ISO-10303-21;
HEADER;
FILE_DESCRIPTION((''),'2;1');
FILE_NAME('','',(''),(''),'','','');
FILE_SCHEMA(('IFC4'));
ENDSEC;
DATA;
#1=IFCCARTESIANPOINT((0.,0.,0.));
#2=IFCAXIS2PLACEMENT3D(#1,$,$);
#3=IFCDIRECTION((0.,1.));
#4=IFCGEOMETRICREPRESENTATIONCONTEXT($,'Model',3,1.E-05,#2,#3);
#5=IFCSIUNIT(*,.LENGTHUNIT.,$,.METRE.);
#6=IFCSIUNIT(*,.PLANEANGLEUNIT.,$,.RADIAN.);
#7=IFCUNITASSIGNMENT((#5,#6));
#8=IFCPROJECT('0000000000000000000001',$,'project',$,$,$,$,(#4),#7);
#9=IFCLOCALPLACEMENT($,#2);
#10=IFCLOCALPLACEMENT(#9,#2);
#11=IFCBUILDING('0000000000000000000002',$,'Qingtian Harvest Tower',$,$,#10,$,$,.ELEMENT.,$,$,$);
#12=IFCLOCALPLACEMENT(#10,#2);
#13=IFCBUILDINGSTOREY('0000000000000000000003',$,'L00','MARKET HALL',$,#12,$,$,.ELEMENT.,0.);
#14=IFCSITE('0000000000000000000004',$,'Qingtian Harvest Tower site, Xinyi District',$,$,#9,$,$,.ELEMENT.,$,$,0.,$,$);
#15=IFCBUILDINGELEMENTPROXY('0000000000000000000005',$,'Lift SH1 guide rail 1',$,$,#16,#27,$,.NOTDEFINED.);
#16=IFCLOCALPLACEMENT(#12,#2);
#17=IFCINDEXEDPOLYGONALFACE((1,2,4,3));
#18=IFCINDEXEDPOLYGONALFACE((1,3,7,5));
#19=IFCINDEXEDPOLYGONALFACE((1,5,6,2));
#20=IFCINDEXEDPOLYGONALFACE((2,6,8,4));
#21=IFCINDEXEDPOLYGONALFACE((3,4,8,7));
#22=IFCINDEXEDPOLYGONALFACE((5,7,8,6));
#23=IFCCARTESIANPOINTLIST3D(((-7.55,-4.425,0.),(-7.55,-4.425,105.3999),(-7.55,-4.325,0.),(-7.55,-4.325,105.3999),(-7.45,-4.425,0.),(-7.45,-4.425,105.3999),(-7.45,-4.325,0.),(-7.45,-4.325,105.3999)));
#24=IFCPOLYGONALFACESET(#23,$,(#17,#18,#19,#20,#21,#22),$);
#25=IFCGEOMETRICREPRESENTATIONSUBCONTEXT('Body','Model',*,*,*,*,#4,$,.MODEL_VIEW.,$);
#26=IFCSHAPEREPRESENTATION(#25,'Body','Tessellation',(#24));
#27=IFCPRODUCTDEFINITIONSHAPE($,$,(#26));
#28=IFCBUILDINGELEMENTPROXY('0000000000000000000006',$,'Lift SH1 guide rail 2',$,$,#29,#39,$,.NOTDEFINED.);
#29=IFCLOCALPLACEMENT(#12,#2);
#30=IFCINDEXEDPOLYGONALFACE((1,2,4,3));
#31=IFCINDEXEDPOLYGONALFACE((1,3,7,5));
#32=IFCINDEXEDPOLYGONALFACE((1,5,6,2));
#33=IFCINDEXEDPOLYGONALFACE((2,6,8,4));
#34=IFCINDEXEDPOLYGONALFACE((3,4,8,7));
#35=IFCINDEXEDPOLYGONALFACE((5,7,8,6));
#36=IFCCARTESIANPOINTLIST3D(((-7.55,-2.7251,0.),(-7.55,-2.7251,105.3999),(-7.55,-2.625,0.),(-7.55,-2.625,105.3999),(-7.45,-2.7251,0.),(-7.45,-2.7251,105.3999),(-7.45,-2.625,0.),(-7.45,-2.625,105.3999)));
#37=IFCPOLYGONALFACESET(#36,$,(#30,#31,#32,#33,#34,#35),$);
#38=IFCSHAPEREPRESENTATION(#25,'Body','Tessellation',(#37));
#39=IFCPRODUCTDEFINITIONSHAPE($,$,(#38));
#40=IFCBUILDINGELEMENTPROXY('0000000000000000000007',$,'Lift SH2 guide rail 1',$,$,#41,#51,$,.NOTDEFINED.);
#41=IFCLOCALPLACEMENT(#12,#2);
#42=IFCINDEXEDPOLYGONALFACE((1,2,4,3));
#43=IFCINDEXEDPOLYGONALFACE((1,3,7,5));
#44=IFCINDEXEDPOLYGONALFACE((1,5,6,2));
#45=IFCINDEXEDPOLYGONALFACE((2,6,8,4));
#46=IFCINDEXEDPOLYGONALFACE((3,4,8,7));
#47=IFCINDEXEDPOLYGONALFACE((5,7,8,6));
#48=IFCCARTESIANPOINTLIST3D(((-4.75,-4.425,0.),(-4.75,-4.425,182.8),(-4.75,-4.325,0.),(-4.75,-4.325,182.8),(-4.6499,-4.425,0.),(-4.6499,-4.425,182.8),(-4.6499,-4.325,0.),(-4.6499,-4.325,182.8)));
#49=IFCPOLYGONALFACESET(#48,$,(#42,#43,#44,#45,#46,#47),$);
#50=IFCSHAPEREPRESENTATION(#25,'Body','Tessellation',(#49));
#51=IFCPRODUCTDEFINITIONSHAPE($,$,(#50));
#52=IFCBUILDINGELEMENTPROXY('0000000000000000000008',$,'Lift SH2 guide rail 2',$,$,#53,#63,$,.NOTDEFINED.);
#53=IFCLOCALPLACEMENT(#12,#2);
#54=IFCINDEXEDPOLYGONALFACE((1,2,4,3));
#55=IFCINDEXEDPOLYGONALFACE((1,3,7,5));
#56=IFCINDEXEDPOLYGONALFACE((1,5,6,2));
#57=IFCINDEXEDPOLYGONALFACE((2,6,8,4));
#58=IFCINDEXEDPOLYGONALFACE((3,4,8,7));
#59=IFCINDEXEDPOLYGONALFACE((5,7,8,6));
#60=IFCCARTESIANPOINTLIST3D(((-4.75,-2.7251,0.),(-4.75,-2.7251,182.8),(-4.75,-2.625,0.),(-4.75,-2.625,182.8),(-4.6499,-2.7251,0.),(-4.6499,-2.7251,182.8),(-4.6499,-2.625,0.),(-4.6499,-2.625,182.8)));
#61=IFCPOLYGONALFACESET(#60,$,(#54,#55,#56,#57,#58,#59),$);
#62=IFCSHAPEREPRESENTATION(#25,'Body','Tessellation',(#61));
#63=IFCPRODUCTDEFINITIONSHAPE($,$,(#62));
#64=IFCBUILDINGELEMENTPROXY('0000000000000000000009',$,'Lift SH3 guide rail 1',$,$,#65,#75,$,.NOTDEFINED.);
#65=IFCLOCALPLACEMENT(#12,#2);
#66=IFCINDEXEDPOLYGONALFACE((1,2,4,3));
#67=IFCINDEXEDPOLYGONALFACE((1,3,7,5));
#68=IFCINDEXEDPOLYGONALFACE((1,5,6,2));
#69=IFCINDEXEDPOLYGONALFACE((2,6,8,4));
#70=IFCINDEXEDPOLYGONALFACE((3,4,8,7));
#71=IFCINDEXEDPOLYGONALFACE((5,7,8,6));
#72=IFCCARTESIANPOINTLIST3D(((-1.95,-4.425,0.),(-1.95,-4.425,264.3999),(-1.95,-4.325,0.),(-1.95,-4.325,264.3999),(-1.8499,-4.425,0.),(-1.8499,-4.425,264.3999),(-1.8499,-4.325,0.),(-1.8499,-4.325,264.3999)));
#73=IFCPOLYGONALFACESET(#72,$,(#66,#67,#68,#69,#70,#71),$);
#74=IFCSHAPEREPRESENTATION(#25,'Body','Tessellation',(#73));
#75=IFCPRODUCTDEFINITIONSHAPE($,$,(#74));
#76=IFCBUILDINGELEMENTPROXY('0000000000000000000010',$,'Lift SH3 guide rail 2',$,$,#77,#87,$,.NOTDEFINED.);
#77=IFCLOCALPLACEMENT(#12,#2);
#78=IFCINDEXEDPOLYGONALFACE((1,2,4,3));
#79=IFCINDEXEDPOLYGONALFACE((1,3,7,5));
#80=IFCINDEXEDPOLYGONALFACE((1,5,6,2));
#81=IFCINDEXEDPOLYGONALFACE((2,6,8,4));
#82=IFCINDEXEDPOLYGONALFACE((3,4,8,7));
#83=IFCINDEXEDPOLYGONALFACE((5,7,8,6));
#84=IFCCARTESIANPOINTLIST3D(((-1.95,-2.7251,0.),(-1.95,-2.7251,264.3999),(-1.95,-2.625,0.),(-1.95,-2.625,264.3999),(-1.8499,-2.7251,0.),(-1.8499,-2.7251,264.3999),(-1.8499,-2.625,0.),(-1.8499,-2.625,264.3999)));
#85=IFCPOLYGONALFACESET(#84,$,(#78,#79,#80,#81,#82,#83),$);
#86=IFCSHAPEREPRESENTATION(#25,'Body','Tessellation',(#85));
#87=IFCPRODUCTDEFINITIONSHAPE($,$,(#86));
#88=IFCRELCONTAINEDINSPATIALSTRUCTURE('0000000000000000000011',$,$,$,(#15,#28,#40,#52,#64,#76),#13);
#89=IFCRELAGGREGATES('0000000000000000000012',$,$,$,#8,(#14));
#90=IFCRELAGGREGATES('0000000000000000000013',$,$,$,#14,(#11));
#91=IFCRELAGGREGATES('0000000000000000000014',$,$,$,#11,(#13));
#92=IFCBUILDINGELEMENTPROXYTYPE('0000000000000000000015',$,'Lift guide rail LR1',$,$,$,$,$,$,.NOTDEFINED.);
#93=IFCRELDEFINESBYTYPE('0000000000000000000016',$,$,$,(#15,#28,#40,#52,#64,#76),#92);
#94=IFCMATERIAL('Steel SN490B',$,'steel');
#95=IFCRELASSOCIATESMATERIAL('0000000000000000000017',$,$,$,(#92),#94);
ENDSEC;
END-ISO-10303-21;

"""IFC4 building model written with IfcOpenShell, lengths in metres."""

from ifc_helpers import new_model, si_unit, direction, frame, origin, origin_2d, place, context, subcontext, project, spatial, rectangle, extrude, material, type_object, element, save


model = new_model("IFC4")

# Units and contexts
model_context = context("Model", 3, precision=1e-05, world=origin(), true_north=direction((0.0, 1.0)))
body_context = subcontext(model_context, "Body", "Model", "MODEL_VIEW")
ifc_project = project(units=[si_unit("LENGTHUNIT", "METRE"), si_unit("PLANEANGLEUNIT", "RADIAN")], contexts=[model_context])

# Site, building, storey
site_placement = place(None, origin())
site = spatial("IfcSite", under=ifc_project, at=site_placement, Name="Qingtian Harvest Tower site, Xinyi District", CompositionType="ELEMENT", RefElevation=0.0)
building_placement = place(site_placement, origin())
building = spatial("IfcBuilding", under=site, at=building_placement, Name="Qingtian Harvest Tower", CompositionType="ELEMENT")
storey_placement = place(building_placement, origin())
storey = spatial("IfcBuildingStorey", under=building, at=storey_placement, Name="L00", Description="MARKET HALL", CompositionType="ELEMENT", Elevation=0.0)

# Building element proxies
ifc_material_1 = material(Name="Steel SN490B", Category="steel")
building_element_proxy_type = type_object("IfcBuildingElementProxyType", Name="Lift guide rail LR1", PredefinedType="NOTDEFINED", material=ifc_material_1)
for number, where, z_axis, x_axis, name in (
    (1, (-7.5, -4.375, 0.0), (0.0, 0.0, 1.0), (1.0, 0.0, 0.0), "Lift SH1 guide rail 1"),
    (2, (-7.5, -2.675, 0.0), (0.0, 0.0, 1.0), (1.0, 0.0, 0.0), "Lift SH1 guide rail 2"),
):
    element("IfcBuildingElementProxy", number, at=place(storey_placement, frame(where, z_axis=z_axis, x_axis=x_axis)), inside=storey, type_object=building_element_proxy_type, Name=name, PredefinedType="NOTDEFINED", context=body_context, shape_type="SweptSolid", body=[
        extrude(rectangle(XDim=0.1001, YDim=0.1001, at=origin_2d()), origin(), (0.0, 0.0, 1.0), 105.3999),
    ])
for number, where, z_axis, x_axis, name in (
    (3, (-4.7, -4.375, 0.0), (0.0, 0.0, 1.0), (1.0, 0.0, 0.0), "Lift SH2 guide rail 1"),
    (4, (-4.7, -2.675, 0.0), (0.0, 0.0, 1.0), (1.0, 0.0, 0.0), "Lift SH2 guide rail 2"),
):
    element("IfcBuildingElementProxy", number, at=place(storey_placement, frame(where, z_axis=z_axis, x_axis=x_axis)), inside=storey, type_object=building_element_proxy_type, Name=name, PredefinedType="NOTDEFINED", context=body_context, shape_type="SweptSolid", body=[
        extrude(rectangle(XDim=0.1001, YDim=0.1001, at=origin_2d()), origin(), (0.0, 0.0, 1.0), 182.8),
    ])
for number, where, z_axis, x_axis, name in (
    (5, (-1.8999, -4.375, 0.0), (0.0, 0.0, 1.0), (1.0, 0.0, 0.0), "Lift SH3 guide rail 1"),
    (6, (-1.8999, -2.675, 0.0), (0.0, 0.0, 1.0), (1.0, 0.0, 0.0), "Lift SH3 guide rail 2"),
):
    element("IfcBuildingElementProxy", number, at=place(storey_placement, frame(where, z_axis=z_axis, x_axis=x_axis)), inside=storey, type_object=building_element_proxy_type, Name=name, PredefinedType="NOTDEFINED", context=body_context, shape_type="SweptSolid", body=[
        extrude(rectangle(XDim=0.1001, YDim=0.1001, at=origin_2d()), origin(), (0.0, 0.0, 1.0), 264.3999),
    ])

save(model, "model.ifc")
